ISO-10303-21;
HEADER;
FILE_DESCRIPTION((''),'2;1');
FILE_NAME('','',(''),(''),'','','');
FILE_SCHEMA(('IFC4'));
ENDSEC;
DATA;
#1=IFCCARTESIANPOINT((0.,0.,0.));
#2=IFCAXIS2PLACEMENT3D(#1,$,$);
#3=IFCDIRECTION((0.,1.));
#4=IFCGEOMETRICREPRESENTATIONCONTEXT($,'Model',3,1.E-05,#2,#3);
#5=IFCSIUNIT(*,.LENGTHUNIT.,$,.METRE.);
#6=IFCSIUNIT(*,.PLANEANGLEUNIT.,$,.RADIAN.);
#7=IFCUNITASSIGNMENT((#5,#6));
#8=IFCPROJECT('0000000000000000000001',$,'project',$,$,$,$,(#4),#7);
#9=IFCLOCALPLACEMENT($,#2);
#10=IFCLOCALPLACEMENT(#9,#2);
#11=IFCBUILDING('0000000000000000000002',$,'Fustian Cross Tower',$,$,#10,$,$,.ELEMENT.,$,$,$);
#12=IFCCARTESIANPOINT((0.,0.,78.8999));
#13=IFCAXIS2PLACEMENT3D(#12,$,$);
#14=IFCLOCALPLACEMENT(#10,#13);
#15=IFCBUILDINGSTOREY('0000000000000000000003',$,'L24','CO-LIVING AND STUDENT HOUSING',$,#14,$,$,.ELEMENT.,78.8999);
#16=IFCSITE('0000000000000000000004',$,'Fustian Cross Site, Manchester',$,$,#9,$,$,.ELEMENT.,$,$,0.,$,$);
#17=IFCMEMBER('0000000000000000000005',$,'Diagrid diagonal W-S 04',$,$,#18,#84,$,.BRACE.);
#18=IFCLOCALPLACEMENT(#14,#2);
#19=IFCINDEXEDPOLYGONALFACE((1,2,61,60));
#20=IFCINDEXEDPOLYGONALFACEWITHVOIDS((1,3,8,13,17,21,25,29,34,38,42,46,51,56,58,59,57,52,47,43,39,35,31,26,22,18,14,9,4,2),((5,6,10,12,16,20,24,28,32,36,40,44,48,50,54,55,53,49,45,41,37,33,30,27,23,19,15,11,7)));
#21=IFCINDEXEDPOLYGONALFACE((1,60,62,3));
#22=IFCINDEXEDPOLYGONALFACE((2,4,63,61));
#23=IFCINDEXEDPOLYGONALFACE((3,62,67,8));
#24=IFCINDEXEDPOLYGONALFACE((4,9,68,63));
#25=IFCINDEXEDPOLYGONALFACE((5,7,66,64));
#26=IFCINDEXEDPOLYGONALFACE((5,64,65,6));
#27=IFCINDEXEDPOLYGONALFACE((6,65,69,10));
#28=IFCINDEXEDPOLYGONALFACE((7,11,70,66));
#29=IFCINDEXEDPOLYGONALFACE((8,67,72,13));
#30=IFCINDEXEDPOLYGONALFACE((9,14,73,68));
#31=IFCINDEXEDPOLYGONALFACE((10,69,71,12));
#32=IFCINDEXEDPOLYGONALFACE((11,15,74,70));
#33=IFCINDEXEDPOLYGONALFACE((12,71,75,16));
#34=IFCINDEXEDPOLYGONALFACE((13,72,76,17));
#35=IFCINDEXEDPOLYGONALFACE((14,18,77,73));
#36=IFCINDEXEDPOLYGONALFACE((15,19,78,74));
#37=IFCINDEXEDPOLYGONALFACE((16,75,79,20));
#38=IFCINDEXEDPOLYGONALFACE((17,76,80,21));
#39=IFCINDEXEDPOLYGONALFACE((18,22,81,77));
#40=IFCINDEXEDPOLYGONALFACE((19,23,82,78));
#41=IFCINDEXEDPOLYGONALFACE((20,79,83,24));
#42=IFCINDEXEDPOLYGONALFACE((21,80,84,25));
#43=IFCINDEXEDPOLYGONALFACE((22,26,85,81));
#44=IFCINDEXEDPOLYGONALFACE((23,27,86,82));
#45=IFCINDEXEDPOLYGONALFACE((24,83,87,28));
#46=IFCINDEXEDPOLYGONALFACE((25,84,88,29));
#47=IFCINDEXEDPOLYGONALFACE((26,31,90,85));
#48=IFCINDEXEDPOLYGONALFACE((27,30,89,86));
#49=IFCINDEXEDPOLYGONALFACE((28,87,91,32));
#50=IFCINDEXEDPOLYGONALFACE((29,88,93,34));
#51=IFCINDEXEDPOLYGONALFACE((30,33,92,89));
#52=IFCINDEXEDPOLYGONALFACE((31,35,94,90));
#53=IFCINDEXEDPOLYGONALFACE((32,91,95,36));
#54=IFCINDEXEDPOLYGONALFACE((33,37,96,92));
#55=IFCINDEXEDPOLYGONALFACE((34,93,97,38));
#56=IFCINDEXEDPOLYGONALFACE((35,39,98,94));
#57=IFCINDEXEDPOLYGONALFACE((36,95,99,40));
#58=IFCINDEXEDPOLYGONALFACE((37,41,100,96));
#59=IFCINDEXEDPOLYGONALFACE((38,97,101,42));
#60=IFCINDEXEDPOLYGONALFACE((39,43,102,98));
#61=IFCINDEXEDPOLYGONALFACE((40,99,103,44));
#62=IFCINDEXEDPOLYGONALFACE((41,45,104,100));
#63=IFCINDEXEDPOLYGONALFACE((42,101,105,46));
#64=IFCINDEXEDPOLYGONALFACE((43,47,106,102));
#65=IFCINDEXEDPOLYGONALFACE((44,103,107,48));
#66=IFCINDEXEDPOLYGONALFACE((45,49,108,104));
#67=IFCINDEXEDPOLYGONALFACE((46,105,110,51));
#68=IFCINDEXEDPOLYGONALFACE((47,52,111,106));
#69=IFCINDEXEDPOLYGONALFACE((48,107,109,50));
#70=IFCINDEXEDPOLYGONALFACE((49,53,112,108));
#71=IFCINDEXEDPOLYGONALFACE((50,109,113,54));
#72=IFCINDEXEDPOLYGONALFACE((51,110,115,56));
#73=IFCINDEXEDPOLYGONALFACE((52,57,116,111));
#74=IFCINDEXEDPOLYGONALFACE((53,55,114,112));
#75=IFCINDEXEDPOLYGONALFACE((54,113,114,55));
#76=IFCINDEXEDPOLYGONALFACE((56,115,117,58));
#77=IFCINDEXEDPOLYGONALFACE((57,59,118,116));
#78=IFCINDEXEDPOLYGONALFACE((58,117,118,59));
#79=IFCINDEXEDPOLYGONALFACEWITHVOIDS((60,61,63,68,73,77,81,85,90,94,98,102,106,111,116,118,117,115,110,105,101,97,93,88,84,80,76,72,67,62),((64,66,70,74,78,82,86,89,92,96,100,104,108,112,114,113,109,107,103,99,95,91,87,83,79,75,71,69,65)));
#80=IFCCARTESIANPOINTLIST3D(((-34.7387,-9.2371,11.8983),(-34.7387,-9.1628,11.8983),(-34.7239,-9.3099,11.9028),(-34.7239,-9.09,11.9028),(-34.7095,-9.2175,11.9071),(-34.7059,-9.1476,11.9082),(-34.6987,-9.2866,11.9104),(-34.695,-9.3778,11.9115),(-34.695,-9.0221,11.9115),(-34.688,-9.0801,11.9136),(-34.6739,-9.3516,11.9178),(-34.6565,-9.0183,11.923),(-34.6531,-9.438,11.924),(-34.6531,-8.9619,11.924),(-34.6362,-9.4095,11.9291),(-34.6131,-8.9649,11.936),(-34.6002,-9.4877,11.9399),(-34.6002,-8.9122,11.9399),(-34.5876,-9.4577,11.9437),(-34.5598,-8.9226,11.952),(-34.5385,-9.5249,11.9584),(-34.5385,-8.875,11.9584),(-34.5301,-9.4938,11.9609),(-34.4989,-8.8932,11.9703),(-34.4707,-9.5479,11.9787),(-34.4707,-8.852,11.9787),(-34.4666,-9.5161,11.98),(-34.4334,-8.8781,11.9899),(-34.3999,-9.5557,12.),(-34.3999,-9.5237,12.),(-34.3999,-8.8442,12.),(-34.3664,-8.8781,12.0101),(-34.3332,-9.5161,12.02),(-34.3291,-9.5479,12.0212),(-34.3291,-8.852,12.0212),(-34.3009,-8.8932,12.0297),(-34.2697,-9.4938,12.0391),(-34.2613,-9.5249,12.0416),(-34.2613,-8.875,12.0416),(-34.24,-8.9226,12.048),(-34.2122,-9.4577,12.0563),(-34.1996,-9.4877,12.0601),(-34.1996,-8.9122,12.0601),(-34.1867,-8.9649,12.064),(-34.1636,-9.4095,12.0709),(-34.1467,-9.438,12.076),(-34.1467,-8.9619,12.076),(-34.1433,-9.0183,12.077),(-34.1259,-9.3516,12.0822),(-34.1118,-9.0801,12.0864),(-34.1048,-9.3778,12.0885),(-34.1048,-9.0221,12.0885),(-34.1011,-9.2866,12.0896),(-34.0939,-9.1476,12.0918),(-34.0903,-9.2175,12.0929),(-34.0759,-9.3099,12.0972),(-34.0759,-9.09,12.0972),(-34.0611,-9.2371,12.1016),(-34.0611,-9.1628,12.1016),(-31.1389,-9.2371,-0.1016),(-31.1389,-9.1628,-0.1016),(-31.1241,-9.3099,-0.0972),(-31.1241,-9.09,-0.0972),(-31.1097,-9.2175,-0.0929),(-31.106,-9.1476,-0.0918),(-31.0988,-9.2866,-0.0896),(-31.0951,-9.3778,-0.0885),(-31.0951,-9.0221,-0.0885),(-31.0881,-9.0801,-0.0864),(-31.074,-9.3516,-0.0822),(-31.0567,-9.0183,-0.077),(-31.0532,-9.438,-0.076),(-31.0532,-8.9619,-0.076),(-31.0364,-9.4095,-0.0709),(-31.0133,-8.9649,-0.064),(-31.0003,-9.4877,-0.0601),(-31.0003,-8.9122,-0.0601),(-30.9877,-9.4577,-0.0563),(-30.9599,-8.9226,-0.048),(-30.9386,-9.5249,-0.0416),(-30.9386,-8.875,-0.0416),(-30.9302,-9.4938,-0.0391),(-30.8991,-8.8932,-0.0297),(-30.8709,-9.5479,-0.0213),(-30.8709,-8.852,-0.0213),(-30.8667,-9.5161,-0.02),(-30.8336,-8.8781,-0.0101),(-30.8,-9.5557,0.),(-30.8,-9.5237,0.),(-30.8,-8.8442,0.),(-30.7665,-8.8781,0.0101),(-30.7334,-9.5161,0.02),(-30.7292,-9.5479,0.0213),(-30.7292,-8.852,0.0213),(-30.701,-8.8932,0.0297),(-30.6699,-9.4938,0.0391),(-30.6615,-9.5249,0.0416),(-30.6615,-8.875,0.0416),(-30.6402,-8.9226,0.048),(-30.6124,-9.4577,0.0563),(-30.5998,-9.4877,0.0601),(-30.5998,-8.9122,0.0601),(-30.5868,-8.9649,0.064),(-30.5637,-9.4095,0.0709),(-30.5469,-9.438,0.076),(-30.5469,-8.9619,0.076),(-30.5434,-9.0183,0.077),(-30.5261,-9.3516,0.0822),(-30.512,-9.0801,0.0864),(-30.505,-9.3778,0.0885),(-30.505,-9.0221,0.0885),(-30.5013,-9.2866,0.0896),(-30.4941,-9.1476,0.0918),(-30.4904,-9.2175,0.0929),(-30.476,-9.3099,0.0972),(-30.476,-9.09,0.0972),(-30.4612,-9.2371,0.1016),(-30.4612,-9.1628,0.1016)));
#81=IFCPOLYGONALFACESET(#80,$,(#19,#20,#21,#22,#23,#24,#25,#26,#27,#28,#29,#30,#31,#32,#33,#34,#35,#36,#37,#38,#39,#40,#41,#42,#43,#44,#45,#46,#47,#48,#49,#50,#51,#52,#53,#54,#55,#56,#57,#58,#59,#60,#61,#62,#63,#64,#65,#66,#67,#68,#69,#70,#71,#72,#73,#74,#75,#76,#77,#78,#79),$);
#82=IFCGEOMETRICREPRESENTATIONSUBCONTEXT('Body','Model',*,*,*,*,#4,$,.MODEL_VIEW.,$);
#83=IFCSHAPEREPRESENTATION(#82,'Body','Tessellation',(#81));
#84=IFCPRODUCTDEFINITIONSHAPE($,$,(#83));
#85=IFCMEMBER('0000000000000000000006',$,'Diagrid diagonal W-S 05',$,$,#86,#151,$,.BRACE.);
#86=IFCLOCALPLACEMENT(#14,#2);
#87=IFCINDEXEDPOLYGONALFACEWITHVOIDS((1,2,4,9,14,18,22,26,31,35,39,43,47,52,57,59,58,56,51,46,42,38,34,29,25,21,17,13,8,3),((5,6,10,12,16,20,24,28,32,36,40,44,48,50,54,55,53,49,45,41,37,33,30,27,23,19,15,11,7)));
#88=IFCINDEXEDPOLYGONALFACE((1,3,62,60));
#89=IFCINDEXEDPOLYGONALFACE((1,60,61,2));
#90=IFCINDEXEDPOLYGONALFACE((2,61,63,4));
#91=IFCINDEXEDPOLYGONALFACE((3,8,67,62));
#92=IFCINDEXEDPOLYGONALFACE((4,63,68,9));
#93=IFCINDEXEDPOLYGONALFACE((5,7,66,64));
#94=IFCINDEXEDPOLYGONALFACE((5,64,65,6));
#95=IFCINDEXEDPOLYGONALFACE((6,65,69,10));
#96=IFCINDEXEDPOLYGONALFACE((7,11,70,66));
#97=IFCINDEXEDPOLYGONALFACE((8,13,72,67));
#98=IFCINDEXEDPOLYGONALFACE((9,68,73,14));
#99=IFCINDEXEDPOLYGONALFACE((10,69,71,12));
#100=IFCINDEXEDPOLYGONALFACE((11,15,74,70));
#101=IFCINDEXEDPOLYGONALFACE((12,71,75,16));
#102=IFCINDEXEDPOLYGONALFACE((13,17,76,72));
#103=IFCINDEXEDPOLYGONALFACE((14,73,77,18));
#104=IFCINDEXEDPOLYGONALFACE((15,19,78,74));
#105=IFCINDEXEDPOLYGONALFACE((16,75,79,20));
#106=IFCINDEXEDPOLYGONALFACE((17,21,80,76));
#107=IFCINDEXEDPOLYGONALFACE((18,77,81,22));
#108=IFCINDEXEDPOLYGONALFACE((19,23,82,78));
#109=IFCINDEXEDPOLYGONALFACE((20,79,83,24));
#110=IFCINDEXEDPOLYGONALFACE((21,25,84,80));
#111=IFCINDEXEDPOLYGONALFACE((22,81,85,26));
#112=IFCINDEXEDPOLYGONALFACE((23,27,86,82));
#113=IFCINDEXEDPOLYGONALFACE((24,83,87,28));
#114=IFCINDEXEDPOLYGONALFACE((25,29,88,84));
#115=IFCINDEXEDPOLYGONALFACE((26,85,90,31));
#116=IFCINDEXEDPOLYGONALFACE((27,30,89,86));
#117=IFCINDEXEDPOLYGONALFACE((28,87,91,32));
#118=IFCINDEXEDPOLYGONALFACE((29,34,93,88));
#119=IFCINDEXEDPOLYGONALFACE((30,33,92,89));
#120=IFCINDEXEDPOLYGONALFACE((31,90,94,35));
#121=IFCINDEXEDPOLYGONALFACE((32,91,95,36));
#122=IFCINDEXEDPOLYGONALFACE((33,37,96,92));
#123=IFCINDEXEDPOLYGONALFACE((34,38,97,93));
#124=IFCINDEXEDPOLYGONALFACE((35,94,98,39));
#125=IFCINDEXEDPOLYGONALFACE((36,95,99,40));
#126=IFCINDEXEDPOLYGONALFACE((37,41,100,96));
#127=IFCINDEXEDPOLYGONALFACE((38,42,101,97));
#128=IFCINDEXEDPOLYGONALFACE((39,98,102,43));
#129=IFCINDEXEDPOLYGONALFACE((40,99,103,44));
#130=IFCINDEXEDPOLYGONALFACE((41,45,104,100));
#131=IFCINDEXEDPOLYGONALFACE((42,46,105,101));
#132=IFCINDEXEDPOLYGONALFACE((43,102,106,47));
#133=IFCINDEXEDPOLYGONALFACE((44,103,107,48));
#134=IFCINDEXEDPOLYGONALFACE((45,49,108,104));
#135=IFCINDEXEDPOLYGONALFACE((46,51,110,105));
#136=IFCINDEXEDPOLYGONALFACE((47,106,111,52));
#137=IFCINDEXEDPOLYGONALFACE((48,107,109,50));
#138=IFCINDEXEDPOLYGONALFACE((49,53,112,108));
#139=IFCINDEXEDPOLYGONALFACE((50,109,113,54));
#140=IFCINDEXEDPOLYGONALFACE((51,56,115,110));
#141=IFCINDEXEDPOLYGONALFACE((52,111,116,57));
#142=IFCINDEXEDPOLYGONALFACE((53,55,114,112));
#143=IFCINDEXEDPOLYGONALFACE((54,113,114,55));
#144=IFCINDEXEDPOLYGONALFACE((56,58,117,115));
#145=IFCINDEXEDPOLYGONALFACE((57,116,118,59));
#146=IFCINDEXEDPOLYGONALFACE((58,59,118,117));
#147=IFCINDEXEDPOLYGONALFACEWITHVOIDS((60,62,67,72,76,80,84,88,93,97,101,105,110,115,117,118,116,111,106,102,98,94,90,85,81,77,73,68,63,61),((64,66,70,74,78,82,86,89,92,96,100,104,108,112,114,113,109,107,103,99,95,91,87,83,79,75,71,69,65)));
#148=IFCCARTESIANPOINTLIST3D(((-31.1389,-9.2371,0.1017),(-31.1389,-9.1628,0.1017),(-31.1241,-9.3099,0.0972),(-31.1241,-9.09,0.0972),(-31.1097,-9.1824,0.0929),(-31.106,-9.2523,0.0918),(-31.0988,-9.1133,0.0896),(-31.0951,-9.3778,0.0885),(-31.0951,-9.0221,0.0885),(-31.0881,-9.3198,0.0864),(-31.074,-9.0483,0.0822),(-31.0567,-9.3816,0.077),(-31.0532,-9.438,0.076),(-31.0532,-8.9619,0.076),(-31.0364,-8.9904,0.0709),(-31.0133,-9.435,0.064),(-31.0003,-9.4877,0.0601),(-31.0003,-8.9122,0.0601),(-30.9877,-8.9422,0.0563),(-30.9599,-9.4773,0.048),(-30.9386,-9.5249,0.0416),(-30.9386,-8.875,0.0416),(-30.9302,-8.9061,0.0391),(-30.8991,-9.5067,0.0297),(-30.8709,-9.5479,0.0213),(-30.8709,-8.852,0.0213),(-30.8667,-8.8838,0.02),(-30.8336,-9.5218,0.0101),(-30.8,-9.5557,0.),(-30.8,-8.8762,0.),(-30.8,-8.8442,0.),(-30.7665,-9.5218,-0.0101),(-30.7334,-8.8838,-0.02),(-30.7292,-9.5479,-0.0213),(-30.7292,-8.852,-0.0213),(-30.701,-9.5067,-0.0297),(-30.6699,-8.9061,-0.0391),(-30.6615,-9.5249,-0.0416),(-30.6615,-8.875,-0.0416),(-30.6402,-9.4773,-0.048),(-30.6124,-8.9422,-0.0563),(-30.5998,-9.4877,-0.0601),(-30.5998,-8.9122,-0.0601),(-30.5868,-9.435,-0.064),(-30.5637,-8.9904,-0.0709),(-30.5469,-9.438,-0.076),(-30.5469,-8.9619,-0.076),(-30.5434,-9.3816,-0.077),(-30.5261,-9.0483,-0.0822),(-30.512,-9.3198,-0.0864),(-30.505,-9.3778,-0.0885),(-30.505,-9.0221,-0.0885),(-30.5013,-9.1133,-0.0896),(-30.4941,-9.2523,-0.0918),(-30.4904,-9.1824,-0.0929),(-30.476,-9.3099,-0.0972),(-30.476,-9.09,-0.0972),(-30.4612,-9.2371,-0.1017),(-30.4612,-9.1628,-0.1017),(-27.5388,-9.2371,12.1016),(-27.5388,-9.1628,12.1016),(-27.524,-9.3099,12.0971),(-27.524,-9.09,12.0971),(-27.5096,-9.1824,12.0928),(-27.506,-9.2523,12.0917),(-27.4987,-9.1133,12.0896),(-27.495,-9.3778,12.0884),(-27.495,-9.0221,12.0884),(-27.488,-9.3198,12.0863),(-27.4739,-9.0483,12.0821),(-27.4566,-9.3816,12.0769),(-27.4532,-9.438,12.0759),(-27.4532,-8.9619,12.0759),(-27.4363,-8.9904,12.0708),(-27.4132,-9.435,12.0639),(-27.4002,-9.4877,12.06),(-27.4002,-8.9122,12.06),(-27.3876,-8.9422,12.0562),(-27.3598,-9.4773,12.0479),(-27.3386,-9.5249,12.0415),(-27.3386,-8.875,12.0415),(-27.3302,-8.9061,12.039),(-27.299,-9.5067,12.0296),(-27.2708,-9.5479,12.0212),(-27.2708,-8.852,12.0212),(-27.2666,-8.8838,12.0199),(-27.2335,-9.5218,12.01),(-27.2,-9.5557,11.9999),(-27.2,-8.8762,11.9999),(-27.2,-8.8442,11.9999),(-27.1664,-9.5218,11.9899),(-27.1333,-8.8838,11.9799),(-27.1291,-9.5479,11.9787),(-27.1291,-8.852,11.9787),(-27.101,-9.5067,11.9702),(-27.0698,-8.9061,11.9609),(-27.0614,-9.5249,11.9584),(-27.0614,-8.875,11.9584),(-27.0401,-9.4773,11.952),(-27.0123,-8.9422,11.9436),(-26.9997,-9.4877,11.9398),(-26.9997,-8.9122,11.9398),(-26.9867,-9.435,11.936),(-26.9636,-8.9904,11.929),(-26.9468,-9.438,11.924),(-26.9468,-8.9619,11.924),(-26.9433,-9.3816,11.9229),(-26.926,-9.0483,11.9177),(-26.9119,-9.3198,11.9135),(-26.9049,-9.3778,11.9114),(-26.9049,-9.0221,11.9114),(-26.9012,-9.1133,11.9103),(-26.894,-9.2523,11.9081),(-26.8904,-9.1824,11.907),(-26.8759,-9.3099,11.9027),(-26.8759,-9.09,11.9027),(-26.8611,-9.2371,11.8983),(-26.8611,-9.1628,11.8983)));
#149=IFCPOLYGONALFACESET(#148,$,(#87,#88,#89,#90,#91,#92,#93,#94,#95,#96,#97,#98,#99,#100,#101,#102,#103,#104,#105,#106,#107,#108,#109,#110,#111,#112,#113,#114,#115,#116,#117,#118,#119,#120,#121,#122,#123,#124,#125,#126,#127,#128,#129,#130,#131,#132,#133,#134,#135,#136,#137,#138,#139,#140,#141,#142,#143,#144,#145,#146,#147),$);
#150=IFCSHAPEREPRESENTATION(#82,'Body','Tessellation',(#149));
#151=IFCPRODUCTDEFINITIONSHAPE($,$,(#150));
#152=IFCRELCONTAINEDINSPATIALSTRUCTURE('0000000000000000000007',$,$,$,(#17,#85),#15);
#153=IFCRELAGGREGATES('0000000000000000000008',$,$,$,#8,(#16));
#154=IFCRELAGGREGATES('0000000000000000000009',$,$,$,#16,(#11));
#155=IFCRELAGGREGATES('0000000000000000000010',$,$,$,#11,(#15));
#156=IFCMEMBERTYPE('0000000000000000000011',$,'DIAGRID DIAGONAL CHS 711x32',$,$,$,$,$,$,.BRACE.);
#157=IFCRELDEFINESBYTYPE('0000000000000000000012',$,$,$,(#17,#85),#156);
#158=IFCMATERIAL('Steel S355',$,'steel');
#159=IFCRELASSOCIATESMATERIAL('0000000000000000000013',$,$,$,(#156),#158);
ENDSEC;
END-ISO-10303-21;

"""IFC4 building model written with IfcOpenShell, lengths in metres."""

from ifc_helpers import new_model, si_unit, direction, frame, origin, origin_2d, place, context, subcontext, project, spatial, hollow_circle, extrude, material, material_profile, profile_set, type_object, element, save


model = new_model("IFC4")

# Units and contexts
model_context = context("Model", 3, precision=1e-05, world=origin(), true_north=direction((0.0, 1.0)))
body_context = subcontext(model_context, "Body", "Model", "MODEL_VIEW")
ifc_project = project(units=[si_unit("LENGTHUNIT", "METRE"), si_unit("PLANEANGLEUNIT", "RADIAN")], contexts=[model_context])

# Site, building, storey
site_placement = place(None, origin())
site = spatial("IfcSite", under=ifc_project, at=site_placement, Name="Fustian Cross Site, Manchester", CompositionType="ELEMENT", RefElevation=0.0)
building_placement = place(site_placement, origin())
building = spatial("IfcBuilding", under=site, at=building_placement, Name="Fustian Cross Tower", CompositionType="ELEMENT")
storey_placement = place(building_placement, frame((0.0, 0.0, 78.8999)))
storey = spatial("IfcBuildingStorey", under=building, at=storey_placement, Name="L24", Description="CO-LIVING AND STUDENT HOUSING", CompositionType="ELEMENT", Elevation=78.8999)

# Members
ifc_material_1 = material(Name="Steel S355", Category="steel")
ifc_material_profile_1 = material_profile(ifc_material_1, hollow_circle(Radius=0.3557, WallThickness=0.032, at=origin_2d()), Name="CHS 711x32")
ifc_profile_set_1 = profile_set([ifc_material_profile_1], Name="Steel S355")
member_type_1 = type_object("IfcMemberType", Name="DIAGRID DIAGONAL CHS 711x32", PredefinedType="BRACE", material=ifc_profile_set_1)
for number, where, z_axis, x_axis, name in (
    (1, (-30.8, -9.2, 0.0), (-0.287337, 0.0, 0.95783), (0.0, -1.0, 0.0), "Diagrid diagonal W-S 04"),
    (2, (-30.8, -9.2, 0.0), (0.287355, 0.0, 0.957824), (0.0, 1.0, 0.0), "Diagrid diagonal W-S 05"),
):
    element("IfcMember", number, at=place(storey_placement, frame(where, z_axis=z_axis, x_axis=x_axis)), inside=storey, type_object=member_type_1, Name=name, PredefinedType="BRACE", context=body_context, shape_type="SweptSolid", body=[
        extrude(hollow_circle(Radius=0.3557, WallThickness=0.032, at=origin_2d()), origin(), (0.0, 0.0, 1.0), 12.5283),
    ])

save(model, "model.ifc")
